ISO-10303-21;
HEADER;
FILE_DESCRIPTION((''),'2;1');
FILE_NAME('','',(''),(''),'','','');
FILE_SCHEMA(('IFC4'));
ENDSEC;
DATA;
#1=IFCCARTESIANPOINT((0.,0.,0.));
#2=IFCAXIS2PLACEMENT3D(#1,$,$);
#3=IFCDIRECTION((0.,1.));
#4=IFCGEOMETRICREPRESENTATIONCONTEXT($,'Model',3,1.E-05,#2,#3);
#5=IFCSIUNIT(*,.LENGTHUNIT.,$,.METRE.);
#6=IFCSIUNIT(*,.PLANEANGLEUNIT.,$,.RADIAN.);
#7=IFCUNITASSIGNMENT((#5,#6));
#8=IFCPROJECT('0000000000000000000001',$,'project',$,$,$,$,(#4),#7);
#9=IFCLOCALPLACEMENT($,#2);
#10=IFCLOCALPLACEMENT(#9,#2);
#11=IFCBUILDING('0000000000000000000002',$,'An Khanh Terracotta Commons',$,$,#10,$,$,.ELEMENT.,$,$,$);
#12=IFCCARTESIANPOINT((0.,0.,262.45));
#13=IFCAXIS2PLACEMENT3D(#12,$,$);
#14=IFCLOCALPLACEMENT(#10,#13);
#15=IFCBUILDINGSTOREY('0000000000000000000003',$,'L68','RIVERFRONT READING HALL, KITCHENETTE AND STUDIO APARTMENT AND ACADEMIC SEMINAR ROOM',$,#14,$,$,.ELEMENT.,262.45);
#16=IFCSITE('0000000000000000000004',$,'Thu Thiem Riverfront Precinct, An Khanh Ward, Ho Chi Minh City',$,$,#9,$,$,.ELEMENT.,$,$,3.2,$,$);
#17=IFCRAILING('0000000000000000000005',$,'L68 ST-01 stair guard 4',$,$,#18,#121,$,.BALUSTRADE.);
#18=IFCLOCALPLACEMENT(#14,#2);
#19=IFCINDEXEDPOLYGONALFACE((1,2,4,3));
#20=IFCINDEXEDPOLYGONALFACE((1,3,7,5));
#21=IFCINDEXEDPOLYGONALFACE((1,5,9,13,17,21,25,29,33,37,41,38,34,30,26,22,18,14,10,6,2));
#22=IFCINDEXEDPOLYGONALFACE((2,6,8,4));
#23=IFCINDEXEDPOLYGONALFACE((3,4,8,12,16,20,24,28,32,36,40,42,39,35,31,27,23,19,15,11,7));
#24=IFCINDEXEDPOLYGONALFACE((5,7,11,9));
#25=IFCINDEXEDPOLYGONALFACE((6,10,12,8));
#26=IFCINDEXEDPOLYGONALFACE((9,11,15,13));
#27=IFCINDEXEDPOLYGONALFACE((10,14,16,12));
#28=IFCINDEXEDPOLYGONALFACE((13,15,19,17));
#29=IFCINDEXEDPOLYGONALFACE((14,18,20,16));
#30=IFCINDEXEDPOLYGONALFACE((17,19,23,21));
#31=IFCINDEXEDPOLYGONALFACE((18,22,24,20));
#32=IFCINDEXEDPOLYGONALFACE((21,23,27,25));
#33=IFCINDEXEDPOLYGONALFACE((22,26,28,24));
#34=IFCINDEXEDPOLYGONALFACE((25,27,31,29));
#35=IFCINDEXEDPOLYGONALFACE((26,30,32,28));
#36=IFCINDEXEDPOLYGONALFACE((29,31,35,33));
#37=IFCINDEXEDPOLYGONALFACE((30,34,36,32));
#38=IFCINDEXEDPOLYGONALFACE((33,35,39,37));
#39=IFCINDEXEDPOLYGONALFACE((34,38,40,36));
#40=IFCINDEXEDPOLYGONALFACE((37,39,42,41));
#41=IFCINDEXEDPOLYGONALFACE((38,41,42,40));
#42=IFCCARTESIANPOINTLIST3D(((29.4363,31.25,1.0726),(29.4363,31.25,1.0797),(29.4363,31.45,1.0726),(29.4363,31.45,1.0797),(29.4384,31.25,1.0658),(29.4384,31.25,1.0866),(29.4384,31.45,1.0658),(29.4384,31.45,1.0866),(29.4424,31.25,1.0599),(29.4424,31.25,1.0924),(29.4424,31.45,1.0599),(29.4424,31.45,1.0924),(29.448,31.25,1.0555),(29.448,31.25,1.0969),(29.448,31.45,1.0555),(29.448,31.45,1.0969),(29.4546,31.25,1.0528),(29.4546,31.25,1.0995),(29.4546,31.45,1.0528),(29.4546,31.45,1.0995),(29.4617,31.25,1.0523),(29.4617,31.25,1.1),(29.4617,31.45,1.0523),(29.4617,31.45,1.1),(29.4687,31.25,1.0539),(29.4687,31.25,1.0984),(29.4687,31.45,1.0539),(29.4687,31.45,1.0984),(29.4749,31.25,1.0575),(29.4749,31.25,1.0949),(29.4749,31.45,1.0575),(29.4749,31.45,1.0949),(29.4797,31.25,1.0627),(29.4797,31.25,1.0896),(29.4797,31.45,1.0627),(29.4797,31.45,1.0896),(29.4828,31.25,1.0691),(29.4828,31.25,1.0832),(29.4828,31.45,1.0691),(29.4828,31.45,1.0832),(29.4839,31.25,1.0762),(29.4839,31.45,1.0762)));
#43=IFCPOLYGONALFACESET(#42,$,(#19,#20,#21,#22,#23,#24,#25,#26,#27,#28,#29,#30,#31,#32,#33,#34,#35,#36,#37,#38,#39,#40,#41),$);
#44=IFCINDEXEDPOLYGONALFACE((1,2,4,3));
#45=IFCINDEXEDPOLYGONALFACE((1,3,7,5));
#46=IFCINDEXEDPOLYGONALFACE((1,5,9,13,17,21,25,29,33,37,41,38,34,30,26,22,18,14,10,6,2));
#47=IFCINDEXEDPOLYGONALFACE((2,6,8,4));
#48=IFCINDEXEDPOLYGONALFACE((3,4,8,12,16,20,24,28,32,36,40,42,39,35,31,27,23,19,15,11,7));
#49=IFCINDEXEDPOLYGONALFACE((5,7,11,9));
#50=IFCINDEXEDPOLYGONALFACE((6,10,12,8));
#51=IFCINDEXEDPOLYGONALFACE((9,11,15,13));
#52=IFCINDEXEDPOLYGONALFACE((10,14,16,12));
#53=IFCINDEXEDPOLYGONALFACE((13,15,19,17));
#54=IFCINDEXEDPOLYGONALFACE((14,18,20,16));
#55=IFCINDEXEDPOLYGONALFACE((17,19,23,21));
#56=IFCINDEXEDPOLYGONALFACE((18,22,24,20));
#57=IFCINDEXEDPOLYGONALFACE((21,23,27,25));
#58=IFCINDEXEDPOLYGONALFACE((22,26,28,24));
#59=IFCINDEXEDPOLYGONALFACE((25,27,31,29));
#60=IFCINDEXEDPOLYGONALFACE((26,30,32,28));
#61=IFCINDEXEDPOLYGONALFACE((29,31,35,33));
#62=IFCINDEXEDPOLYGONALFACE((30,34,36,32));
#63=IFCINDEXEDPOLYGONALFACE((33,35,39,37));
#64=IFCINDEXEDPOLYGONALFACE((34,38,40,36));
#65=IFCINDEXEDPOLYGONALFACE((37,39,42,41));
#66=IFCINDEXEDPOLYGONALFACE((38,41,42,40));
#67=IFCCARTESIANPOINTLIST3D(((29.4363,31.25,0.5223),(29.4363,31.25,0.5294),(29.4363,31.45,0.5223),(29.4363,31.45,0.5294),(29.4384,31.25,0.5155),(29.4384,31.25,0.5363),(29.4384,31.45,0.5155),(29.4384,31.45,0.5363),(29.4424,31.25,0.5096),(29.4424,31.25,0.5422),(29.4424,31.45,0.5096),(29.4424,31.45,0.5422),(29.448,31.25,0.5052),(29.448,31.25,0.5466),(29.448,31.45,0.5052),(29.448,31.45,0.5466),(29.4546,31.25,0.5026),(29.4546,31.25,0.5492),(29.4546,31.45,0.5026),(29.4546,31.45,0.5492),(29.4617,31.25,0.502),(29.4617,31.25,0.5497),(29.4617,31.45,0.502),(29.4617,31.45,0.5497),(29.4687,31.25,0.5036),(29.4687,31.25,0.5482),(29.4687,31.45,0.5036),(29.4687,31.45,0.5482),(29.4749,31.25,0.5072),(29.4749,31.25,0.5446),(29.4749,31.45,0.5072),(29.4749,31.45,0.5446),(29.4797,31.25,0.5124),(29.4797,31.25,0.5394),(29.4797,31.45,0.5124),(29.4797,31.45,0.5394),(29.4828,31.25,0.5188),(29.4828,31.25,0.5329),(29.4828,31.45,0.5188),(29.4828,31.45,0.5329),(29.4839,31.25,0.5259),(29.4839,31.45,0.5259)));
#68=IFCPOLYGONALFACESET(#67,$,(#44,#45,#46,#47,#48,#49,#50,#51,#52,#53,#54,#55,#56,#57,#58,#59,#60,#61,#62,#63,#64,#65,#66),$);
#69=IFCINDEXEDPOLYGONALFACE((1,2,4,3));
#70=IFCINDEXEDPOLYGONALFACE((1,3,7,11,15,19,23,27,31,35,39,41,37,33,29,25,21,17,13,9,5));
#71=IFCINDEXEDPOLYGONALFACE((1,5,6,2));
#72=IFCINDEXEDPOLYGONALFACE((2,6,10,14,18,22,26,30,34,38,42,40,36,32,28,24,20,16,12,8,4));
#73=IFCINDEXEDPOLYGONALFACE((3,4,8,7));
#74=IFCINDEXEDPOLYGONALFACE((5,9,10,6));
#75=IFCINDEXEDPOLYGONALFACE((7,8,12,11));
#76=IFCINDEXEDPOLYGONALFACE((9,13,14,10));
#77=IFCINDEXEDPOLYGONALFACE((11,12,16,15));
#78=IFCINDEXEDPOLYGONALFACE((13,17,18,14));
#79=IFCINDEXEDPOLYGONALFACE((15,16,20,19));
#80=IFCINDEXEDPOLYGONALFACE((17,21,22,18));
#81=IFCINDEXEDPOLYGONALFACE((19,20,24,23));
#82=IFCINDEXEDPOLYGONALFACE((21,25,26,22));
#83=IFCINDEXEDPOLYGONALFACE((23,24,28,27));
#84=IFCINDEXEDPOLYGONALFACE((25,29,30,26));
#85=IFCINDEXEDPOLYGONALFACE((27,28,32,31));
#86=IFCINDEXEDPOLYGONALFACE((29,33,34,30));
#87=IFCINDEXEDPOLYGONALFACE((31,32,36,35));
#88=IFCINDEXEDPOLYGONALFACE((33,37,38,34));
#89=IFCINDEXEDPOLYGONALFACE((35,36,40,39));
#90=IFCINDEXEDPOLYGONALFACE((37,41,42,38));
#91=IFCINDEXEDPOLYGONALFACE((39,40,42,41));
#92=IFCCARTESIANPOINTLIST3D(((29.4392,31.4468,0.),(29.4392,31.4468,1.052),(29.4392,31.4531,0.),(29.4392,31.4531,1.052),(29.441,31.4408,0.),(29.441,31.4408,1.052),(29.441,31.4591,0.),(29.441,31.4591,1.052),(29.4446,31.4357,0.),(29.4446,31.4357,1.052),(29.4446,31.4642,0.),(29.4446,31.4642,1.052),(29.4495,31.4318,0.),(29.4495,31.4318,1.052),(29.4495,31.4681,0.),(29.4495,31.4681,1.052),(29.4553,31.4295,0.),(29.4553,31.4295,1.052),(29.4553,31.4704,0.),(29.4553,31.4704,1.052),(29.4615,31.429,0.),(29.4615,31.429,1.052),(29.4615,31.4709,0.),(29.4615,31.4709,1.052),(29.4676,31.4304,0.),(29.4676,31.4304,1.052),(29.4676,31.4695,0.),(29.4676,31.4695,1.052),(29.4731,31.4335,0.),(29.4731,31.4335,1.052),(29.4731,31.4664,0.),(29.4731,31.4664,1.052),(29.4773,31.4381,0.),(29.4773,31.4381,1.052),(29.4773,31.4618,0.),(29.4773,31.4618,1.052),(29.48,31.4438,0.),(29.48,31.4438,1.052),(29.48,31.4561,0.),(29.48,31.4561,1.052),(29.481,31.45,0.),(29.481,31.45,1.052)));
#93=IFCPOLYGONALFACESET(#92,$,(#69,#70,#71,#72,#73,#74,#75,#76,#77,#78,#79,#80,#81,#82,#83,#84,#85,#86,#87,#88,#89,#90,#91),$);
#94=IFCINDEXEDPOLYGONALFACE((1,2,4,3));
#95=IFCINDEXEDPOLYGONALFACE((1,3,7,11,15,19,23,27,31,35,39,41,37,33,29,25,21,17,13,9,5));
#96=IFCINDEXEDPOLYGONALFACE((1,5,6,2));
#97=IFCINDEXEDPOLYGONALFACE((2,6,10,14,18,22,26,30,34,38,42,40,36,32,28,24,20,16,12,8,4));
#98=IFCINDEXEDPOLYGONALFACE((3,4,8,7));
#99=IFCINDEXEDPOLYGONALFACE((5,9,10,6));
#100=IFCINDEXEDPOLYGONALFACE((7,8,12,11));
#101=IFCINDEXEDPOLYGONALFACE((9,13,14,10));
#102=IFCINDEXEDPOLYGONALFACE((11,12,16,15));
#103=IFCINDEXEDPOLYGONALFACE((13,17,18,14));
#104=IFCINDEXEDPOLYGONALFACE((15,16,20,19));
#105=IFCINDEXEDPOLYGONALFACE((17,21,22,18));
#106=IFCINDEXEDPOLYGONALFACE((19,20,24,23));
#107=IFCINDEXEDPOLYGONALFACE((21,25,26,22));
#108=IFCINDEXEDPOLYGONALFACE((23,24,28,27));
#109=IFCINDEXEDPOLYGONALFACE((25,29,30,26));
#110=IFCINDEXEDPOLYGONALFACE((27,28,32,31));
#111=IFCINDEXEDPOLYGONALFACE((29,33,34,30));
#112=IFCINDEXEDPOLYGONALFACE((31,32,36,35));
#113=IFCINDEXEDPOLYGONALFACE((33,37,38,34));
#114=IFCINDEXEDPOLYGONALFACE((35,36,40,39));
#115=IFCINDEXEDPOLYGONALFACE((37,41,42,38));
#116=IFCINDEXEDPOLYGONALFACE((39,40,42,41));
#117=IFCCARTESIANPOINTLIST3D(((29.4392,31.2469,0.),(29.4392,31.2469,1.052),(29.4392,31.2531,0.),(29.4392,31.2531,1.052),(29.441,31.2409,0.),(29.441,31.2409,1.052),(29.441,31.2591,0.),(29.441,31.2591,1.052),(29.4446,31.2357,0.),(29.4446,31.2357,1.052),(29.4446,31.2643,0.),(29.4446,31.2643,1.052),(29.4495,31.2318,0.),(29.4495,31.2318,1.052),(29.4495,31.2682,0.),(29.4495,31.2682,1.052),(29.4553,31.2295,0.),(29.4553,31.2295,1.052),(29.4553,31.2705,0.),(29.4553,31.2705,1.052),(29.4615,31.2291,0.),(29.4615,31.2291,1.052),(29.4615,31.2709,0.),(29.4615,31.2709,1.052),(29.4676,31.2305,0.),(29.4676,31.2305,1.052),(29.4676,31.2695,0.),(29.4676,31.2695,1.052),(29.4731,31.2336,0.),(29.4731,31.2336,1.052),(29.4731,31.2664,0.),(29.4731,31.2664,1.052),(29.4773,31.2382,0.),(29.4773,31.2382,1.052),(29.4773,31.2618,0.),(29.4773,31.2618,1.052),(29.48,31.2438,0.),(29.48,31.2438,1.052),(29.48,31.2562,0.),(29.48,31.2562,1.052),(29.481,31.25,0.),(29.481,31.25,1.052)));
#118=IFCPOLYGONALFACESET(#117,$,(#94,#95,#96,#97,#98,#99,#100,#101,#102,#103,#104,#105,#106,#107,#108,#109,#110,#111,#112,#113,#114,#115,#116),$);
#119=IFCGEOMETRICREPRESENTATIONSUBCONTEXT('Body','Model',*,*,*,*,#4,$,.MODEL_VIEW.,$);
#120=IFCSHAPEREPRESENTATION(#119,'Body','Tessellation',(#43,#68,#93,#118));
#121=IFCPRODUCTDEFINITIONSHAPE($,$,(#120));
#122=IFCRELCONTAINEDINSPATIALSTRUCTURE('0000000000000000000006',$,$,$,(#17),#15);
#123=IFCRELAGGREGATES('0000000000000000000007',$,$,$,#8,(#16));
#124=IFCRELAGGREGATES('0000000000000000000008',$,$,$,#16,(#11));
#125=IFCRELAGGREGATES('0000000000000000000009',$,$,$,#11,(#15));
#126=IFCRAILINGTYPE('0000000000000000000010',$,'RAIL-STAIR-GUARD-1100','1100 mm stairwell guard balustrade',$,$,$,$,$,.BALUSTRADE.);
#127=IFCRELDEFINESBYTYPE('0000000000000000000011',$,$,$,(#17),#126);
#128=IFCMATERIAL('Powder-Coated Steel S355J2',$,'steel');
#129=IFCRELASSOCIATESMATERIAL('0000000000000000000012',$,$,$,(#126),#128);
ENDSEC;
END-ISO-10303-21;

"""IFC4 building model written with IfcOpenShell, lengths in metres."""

from ifc_helpers import new_model, si_unit, direction, frame, origin, origin_2d, place, context, subcontext, project, spatial, circle, extrude, material, type_object, element, save


model = new_model("IFC4")

# Units and contexts
model_context = context("Model", 3, precision=1e-05, world=origin(), true_north=direction((0.0, 1.0)))
body_context = subcontext(model_context, "Body", "Model", "MODEL_VIEW")
ifc_project = project(units=[si_unit("LENGTHUNIT", "METRE"), si_unit("PLANEANGLEUNIT", "RADIAN")], contexts=[model_context])

# Site, building, storey
site_placement = place(None, origin())
site = spatial("IfcSite", under=ifc_project, at=site_placement, Name="Thu Thiem Riverfront Precinct, An Khanh Ward, Ho Chi Minh City", CompositionType="ELEMENT", RefElevation=3.2)
building_placement = place(site_placement, origin())
building = spatial("IfcBuilding", under=site, at=building_placement, Name="An Khanh Terracotta Commons", CompositionType="ELEMENT")
storey_placement = place(building_placement, frame((0.0, 0.0, 262.45)))
storey = spatial("IfcBuildingStorey", under=building, at=storey_placement, Name="L68", Description="RIVERFRONT READING HALL, KITCHENETTE AND STUDIO APARTMENT AND ACADEMIC SEMINAR ROOM", CompositionType="ELEMENT", Elevation=262.45)

# Railing
ifc_material_1 = material(Name="Powder-Coated Steel S355J2", Category="steel")
railing_type_1 = type_object("IfcRailingType", Name="RAIL-STAIR-GUARD-1100", Description="1100 mm stairwell guard balustrade", PredefinedType="BALUSTRADE", material=ifc_material_1)
railing_1_placement = place(storey_placement, frame((29.46, 31.45, 0.0)))
element("IfcRailing", 1, at=railing_1_placement, inside=storey, type_object=railing_type_1, Name="L68 ST-01 stair guard 4", PredefinedType="BALUSTRADE", context=body_context, shape_type="SweptSolid", body=[
    extrude(circle(Radius=0.0239, at=origin_2d()), frame((0.0, 0.0, 1.0762), z_axis=(0.0, -1.0, 0.0), x_axis=(1.0, 0.0, 0.0)), (0.0, 0.0, 1.0), 0.2),
    extrude(circle(Radius=0.0239, at=origin_2d()), frame((0.0, 0.0, 0.5259), z_axis=(0.0, -1.0, 0.0), x_axis=(1.0, 0.0, 0.0)), (0.0, 0.0, 1.0), 0.2),
    extrude(circle(Radius=0.021, at=origin_2d()), origin(), (0.0, 0.0, 1.0), 1.052),
    extrude(circle(Radius=0.021, at=origin_2d()), frame((0.0, -0.2, 0.0)), (0.0, 0.0, 1.0), 1.052),
])

save(model, "model.ifc")
